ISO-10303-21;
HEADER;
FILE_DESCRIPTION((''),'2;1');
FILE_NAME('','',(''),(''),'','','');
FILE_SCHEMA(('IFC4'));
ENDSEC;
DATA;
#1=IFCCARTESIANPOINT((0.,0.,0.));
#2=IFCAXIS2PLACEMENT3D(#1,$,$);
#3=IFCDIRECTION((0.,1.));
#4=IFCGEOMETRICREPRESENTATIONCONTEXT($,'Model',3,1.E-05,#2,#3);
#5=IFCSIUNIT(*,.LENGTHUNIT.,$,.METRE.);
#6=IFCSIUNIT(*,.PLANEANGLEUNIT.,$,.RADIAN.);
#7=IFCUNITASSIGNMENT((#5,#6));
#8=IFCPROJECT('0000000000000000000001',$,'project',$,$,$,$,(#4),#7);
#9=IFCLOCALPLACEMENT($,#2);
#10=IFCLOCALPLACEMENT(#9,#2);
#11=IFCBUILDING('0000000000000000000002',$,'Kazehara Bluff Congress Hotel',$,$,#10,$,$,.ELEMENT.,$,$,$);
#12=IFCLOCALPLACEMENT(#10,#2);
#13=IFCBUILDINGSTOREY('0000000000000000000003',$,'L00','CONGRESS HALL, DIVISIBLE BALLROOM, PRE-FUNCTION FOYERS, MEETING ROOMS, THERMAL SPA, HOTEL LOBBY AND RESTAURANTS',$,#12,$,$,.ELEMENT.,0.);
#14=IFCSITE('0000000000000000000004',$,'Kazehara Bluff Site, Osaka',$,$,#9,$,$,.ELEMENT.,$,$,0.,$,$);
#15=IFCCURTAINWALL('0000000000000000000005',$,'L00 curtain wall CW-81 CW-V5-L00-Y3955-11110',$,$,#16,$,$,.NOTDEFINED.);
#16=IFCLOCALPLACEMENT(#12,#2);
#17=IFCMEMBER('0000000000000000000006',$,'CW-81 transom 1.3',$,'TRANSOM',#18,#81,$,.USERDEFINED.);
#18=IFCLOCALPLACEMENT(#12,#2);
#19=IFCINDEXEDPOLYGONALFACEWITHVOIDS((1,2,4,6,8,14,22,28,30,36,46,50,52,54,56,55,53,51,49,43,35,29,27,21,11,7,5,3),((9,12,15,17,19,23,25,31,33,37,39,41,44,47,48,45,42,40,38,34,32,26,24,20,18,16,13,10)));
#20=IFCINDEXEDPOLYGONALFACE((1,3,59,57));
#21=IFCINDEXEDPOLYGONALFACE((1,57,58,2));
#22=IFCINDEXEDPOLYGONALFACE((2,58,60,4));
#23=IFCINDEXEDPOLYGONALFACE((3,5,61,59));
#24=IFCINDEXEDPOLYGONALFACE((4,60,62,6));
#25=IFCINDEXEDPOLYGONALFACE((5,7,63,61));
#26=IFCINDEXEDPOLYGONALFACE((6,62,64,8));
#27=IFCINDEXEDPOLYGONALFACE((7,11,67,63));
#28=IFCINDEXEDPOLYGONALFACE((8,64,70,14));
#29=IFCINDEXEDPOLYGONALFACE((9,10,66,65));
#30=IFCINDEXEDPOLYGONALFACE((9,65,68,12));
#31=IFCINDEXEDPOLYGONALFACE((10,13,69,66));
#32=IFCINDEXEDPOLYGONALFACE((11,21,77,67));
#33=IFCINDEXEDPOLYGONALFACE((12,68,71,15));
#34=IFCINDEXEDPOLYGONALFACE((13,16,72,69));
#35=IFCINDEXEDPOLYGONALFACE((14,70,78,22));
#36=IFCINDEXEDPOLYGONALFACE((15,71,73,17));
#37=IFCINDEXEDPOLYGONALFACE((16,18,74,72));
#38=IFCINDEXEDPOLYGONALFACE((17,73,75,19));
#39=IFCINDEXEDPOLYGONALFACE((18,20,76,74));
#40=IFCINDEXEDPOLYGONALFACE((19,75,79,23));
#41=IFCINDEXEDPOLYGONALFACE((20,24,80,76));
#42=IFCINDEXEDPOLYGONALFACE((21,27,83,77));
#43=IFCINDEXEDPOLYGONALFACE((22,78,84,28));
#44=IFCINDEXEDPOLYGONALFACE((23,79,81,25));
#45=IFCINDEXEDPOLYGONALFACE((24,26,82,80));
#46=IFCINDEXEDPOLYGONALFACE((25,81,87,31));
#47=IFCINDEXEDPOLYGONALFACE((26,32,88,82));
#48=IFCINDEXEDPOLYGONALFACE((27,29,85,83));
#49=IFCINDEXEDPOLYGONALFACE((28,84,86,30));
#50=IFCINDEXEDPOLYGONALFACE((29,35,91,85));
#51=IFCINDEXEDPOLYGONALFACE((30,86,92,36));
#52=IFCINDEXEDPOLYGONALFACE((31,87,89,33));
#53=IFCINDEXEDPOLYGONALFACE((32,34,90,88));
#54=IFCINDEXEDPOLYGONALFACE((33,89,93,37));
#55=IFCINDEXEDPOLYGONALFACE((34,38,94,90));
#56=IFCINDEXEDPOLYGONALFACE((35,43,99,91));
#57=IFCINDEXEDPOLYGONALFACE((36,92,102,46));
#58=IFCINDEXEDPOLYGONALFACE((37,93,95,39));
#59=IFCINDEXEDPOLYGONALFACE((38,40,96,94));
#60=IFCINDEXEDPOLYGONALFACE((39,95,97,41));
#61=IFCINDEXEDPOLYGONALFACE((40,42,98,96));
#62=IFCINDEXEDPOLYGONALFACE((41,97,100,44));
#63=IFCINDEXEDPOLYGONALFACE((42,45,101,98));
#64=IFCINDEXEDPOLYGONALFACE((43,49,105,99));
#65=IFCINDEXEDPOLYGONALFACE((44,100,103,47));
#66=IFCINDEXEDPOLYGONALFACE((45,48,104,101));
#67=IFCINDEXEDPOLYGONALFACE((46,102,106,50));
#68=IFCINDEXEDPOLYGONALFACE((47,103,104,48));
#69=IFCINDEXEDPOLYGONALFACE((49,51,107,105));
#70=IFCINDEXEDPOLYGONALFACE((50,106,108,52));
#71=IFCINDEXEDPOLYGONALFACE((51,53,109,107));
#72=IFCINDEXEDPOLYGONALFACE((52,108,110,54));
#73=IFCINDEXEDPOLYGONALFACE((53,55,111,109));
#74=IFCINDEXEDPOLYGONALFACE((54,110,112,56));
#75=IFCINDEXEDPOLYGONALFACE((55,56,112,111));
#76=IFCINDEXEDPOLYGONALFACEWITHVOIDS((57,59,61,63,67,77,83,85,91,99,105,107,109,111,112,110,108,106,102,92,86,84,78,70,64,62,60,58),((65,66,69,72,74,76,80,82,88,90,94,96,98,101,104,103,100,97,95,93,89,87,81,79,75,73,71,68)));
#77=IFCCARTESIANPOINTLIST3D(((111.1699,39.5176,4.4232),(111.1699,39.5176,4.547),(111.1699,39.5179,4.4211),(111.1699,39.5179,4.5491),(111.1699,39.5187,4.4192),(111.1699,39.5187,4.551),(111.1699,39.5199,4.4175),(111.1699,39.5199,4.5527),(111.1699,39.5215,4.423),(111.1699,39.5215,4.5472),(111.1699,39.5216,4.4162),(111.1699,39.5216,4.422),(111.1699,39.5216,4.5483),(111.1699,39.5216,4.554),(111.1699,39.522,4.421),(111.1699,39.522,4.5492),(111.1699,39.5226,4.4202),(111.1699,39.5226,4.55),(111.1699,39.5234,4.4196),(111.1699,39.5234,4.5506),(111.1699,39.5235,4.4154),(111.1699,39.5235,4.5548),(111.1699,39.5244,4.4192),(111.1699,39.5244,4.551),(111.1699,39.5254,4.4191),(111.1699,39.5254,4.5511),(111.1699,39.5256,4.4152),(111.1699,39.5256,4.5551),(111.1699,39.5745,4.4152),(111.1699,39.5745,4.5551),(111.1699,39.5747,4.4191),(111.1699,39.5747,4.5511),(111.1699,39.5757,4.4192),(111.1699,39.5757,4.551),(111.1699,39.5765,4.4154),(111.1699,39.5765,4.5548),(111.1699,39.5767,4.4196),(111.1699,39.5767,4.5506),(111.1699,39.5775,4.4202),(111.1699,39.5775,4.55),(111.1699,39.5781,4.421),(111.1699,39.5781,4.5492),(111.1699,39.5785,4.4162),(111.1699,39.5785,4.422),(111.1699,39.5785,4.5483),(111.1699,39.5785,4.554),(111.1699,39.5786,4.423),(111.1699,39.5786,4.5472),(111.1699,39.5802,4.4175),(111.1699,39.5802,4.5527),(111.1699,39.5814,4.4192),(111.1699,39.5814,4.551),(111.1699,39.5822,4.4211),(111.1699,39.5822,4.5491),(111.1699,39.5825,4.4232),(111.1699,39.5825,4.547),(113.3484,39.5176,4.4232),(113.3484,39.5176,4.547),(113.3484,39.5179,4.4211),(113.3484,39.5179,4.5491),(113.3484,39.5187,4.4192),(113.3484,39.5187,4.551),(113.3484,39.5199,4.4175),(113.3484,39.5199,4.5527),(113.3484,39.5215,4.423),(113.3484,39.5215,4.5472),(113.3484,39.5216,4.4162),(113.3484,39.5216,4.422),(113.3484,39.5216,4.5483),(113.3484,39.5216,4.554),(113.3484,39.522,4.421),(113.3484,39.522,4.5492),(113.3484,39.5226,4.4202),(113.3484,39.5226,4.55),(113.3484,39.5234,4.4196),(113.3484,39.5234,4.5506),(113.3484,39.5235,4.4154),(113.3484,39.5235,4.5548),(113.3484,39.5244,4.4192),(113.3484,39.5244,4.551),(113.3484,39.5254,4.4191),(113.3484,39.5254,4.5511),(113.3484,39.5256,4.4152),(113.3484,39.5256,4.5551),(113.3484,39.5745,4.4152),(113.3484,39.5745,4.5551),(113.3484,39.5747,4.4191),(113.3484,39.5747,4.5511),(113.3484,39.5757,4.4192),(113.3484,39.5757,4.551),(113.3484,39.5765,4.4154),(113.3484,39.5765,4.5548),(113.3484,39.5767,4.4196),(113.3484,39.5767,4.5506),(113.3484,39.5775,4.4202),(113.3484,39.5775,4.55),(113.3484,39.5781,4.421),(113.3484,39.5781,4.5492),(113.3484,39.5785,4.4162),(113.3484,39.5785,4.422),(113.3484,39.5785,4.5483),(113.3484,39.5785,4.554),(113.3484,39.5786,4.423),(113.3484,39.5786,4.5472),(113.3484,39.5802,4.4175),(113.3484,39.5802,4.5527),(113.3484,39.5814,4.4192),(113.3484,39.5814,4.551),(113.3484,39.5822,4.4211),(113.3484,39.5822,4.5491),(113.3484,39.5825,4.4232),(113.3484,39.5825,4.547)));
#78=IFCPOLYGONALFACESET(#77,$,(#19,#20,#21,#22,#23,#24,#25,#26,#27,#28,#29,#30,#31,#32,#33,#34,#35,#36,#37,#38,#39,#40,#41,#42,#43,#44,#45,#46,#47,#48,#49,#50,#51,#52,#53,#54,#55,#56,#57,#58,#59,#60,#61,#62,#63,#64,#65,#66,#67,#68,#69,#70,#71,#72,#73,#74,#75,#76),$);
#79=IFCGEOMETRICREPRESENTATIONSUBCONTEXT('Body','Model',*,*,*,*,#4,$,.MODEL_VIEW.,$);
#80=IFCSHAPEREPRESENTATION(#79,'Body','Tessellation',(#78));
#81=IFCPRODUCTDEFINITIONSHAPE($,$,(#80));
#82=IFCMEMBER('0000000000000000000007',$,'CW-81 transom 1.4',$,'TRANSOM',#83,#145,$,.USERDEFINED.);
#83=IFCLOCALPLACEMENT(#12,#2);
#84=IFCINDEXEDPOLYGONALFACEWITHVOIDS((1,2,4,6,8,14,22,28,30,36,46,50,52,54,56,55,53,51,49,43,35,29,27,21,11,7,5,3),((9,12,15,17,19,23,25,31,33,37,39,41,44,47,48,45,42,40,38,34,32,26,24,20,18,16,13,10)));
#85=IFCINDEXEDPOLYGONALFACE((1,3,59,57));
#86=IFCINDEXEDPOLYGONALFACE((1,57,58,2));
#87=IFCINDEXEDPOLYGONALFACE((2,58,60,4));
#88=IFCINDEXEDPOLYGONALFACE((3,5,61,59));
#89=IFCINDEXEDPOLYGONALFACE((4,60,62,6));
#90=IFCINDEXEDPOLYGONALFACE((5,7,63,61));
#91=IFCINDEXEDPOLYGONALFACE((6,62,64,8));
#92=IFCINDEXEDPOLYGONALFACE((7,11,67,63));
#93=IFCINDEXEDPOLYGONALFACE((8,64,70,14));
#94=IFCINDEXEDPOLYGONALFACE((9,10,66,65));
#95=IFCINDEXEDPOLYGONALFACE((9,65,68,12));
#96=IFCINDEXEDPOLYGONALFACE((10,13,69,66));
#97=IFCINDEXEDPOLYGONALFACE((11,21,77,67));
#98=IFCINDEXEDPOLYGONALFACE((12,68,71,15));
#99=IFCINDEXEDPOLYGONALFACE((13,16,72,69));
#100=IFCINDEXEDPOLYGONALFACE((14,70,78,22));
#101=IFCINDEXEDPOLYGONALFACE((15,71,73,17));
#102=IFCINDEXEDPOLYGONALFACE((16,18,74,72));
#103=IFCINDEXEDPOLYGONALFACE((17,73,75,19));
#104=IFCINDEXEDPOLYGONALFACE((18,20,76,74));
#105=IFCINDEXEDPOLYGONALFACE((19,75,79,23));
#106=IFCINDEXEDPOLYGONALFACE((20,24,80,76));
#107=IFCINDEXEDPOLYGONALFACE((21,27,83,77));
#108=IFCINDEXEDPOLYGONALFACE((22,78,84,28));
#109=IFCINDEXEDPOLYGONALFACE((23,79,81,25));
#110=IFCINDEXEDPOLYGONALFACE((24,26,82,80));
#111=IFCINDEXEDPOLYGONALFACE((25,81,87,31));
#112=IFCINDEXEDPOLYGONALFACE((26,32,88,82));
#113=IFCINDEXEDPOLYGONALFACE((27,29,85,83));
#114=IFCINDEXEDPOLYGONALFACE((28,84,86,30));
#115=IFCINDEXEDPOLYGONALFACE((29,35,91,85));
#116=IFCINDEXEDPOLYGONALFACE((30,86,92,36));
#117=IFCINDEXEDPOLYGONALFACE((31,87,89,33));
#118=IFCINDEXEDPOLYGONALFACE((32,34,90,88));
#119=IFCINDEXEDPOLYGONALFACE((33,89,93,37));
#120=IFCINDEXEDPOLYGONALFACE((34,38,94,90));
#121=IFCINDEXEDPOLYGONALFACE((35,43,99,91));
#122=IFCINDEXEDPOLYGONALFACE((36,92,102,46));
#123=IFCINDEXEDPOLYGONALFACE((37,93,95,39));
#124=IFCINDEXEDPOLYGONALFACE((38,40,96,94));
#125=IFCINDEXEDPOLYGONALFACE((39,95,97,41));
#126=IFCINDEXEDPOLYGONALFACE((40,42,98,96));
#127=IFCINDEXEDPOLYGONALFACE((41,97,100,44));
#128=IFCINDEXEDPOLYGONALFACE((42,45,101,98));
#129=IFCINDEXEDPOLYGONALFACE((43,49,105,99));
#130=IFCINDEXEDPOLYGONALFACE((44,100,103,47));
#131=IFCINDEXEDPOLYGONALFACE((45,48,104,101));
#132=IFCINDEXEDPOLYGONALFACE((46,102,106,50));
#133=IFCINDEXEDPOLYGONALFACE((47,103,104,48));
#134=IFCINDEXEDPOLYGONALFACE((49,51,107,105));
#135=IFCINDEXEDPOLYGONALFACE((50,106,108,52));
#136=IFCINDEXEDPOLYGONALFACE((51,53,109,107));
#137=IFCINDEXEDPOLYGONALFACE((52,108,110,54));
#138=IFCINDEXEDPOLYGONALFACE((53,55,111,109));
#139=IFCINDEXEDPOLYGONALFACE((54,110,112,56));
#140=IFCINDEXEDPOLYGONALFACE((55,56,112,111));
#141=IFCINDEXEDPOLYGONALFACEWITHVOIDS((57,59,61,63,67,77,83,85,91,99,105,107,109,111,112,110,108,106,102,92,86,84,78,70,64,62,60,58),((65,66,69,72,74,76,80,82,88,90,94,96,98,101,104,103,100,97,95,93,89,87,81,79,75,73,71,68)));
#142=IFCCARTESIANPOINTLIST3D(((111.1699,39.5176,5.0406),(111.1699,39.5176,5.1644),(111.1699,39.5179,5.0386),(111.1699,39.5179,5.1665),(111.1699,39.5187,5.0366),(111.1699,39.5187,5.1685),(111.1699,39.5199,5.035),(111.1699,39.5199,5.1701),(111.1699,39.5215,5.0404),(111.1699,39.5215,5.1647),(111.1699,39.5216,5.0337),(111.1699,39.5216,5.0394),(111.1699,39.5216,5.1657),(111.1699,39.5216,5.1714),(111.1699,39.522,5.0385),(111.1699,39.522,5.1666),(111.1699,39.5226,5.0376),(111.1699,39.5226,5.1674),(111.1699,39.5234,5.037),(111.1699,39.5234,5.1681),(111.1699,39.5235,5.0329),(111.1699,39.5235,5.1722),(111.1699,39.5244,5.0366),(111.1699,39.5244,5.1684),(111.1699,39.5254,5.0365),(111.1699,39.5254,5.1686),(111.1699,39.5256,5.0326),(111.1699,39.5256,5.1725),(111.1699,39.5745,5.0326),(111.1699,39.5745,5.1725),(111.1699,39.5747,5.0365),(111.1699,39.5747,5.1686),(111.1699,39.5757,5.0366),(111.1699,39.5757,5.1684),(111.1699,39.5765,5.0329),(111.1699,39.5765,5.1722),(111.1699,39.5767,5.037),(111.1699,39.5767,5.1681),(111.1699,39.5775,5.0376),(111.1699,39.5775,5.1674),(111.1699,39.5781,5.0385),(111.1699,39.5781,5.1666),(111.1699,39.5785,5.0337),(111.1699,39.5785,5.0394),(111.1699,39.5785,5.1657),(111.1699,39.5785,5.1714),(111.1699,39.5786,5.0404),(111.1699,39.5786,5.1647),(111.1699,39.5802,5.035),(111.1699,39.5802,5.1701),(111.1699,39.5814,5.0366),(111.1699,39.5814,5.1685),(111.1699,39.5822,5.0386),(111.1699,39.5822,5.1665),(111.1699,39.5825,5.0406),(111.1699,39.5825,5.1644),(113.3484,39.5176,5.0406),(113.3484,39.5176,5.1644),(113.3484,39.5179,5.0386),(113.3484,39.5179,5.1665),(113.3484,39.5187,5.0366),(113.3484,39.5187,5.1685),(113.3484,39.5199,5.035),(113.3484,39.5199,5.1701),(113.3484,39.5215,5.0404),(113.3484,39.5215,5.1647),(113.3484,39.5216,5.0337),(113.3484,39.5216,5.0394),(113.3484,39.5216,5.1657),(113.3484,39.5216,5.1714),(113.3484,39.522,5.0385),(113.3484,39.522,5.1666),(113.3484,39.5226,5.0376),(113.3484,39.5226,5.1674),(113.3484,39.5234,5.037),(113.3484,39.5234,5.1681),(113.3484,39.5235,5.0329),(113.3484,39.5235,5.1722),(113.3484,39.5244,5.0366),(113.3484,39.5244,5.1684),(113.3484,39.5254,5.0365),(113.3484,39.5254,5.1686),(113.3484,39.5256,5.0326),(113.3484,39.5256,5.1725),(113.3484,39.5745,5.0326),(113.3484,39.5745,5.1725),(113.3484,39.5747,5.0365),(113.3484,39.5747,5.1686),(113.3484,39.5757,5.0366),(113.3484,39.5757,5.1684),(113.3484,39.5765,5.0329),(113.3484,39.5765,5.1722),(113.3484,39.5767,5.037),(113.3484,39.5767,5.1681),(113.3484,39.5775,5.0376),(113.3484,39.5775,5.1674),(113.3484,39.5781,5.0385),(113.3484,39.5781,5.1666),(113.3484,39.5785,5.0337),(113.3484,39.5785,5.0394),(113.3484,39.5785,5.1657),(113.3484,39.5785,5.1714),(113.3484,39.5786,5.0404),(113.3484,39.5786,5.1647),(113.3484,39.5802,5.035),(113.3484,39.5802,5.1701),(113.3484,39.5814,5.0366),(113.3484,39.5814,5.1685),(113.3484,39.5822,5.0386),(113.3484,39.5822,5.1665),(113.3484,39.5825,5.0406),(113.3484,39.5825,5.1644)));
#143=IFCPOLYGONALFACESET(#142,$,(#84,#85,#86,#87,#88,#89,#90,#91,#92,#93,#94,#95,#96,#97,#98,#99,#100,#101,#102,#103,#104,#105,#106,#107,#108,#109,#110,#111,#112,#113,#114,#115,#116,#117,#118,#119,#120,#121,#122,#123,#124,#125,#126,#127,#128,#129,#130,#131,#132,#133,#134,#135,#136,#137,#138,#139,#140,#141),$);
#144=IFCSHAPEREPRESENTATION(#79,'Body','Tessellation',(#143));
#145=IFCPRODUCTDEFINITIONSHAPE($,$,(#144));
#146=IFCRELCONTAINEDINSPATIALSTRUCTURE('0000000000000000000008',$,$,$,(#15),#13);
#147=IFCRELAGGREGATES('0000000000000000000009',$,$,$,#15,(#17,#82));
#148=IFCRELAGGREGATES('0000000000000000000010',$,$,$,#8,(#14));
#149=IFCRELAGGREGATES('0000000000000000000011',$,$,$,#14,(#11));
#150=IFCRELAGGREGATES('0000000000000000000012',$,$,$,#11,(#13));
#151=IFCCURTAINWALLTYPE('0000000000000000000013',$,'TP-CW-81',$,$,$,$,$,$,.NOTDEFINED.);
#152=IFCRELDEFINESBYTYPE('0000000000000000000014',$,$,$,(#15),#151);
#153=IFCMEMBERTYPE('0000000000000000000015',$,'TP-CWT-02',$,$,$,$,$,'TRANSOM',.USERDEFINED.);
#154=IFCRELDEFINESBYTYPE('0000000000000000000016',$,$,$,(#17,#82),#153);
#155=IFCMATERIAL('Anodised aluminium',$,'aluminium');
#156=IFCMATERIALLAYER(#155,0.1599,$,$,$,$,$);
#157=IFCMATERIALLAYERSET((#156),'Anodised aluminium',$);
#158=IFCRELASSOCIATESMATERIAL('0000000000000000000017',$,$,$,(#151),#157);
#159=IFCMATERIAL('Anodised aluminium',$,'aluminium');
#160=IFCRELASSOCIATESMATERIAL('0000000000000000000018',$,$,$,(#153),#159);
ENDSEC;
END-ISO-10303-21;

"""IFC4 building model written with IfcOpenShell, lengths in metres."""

from ifc_helpers import new_model, si_unit, direction, frame, origin, origin_2d, place, context, subcontext, project, spatial, hollow_rectangle, extrude, material, layer, layer_set, material_profile, profile_set, type_object, element, aggregate, save


model = new_model("IFC4")

# Units and contexts
model_context = context("Model", 3, precision=1e-05, world=origin(), true_north=direction((0.0, 1.0)))
body_context = subcontext(model_context, "Body", "Model", "MODEL_VIEW")
ifc_project = project(units=[si_unit("LENGTHUNIT", "METRE"), si_unit("PLANEANGLEUNIT", "RADIAN")], contexts=[model_context])

# Site, building, storey
site_placement = place(None, origin())
site = spatial("IfcSite", under=ifc_project, at=site_placement, Name="Kazehara Bluff Site, Osaka", CompositionType="ELEMENT", RefElevation=0.0)
building_placement = place(site_placement, origin())
building = spatial("IfcBuilding", under=site, at=building_placement, Name="Kazehara Bluff Congress Hotel", CompositionType="ELEMENT")
storey_placement = place(building_placement, origin())
storey = spatial("IfcBuildingStorey", under=building, at=storey_placement, Name="L00", Description="CONGRESS HALL, DIVISIBLE BALLROOM, PRE-FUNCTION FOYERS, MEETING ROOMS, THERMAL SPA, HOTEL LOBBY AND RESTAURANTS", CompositionType="ELEMENT", Elevation=0.0)

# Curtain wall
ifc_material_1 = material(Name="Anodised aluminium", Category="aluminium")
ifc_layer_1 = layer(ifc_material_1, 0.1599)
ifc_layer_set_1 = layer_set([ifc_layer_1], Name="Anodised aluminium")
curtain_wall_type_1 = type_object("IfcCurtainWallType", Name="TP-CW-81", PredefinedType="NOTDEFINED", material=ifc_layer_set_1)
curtain_wall_1_placement = place(storey_placement, origin())
curtain_wall_1 = element("IfcCurtainWall", 1, at=curtain_wall_1_placement, inside=storey, type_object=curtain_wall_type_1, Name="L00 curtain wall CW-81 CW-V5-L00-Y3955-11110", PredefinedType="NOTDEFINED")

# Members
ifc_material_2 = material(Name="Anodised aluminium", Category="aluminium")
ifc_material_profile_1 = material_profile(ifc_material_2, hollow_rectangle(XDim=0.0649, YDim=0.1399, WallThickness=0.0039, InnerFilletRadius=0.0039, OuterFilletRadius=0.0081, at=origin_2d()))
ifc_profile_set_1 = profile_set([ifc_material_profile_1], Name="Anodised aluminium")
member_type_1 = type_object("IfcMemberType", Name="TP-CWT-02", ElementType="TRANSOM", PredefinedType="USERDEFINED", material=ifc_profile_set_1)
member_1_placement = place(storey_placement, frame((111.1699, 39.55, 4.4851), z_axis=(1.0, 0.0, 0.0), x_axis=(0.0, 1.0, 0.0)))
member_1 = element("IfcMember", 2, at=member_1_placement, type_object=member_type_1, Name="CW-81 transom 1.3", ObjectType="TRANSOM", PredefinedType="USERDEFINED", context=body_context, shape_type="SweptSolid", body=[
    extrude(hollow_rectangle(XDim=0.0649, YDim=0.1399, WallThickness=0.0039, InnerFilletRadius=0.0039, OuterFilletRadius=0.0081, at=origin_2d()), origin(), (0.0, 0.0, 1.0), 2.1785),
])
member_2_placement = place(storey_placement, frame((111.1699, 39.55, 5.1025), z_axis=(1.0, 0.0, 0.0), x_axis=(0.0, 1.0, 0.0)))
member_2 = element("IfcMember", 3, at=member_2_placement, type_object=member_type_1, Name="CW-81 transom 1.4", ObjectType="TRANSOM", PredefinedType="USERDEFINED", context=body_context, shape_type="SweptSolid", body=[
    extrude(hollow_rectangle(XDim=0.0649, YDim=0.1399, WallThickness=0.0039, InnerFilletRadius=0.0039, OuterFilletRadius=0.0081, at=origin_2d()), origin(), (0.0, 0.0, 1.0), 2.1785),
])

aggregate(curtain_wall_1, [member_1, member_2])

save(model, "model.ifc")
